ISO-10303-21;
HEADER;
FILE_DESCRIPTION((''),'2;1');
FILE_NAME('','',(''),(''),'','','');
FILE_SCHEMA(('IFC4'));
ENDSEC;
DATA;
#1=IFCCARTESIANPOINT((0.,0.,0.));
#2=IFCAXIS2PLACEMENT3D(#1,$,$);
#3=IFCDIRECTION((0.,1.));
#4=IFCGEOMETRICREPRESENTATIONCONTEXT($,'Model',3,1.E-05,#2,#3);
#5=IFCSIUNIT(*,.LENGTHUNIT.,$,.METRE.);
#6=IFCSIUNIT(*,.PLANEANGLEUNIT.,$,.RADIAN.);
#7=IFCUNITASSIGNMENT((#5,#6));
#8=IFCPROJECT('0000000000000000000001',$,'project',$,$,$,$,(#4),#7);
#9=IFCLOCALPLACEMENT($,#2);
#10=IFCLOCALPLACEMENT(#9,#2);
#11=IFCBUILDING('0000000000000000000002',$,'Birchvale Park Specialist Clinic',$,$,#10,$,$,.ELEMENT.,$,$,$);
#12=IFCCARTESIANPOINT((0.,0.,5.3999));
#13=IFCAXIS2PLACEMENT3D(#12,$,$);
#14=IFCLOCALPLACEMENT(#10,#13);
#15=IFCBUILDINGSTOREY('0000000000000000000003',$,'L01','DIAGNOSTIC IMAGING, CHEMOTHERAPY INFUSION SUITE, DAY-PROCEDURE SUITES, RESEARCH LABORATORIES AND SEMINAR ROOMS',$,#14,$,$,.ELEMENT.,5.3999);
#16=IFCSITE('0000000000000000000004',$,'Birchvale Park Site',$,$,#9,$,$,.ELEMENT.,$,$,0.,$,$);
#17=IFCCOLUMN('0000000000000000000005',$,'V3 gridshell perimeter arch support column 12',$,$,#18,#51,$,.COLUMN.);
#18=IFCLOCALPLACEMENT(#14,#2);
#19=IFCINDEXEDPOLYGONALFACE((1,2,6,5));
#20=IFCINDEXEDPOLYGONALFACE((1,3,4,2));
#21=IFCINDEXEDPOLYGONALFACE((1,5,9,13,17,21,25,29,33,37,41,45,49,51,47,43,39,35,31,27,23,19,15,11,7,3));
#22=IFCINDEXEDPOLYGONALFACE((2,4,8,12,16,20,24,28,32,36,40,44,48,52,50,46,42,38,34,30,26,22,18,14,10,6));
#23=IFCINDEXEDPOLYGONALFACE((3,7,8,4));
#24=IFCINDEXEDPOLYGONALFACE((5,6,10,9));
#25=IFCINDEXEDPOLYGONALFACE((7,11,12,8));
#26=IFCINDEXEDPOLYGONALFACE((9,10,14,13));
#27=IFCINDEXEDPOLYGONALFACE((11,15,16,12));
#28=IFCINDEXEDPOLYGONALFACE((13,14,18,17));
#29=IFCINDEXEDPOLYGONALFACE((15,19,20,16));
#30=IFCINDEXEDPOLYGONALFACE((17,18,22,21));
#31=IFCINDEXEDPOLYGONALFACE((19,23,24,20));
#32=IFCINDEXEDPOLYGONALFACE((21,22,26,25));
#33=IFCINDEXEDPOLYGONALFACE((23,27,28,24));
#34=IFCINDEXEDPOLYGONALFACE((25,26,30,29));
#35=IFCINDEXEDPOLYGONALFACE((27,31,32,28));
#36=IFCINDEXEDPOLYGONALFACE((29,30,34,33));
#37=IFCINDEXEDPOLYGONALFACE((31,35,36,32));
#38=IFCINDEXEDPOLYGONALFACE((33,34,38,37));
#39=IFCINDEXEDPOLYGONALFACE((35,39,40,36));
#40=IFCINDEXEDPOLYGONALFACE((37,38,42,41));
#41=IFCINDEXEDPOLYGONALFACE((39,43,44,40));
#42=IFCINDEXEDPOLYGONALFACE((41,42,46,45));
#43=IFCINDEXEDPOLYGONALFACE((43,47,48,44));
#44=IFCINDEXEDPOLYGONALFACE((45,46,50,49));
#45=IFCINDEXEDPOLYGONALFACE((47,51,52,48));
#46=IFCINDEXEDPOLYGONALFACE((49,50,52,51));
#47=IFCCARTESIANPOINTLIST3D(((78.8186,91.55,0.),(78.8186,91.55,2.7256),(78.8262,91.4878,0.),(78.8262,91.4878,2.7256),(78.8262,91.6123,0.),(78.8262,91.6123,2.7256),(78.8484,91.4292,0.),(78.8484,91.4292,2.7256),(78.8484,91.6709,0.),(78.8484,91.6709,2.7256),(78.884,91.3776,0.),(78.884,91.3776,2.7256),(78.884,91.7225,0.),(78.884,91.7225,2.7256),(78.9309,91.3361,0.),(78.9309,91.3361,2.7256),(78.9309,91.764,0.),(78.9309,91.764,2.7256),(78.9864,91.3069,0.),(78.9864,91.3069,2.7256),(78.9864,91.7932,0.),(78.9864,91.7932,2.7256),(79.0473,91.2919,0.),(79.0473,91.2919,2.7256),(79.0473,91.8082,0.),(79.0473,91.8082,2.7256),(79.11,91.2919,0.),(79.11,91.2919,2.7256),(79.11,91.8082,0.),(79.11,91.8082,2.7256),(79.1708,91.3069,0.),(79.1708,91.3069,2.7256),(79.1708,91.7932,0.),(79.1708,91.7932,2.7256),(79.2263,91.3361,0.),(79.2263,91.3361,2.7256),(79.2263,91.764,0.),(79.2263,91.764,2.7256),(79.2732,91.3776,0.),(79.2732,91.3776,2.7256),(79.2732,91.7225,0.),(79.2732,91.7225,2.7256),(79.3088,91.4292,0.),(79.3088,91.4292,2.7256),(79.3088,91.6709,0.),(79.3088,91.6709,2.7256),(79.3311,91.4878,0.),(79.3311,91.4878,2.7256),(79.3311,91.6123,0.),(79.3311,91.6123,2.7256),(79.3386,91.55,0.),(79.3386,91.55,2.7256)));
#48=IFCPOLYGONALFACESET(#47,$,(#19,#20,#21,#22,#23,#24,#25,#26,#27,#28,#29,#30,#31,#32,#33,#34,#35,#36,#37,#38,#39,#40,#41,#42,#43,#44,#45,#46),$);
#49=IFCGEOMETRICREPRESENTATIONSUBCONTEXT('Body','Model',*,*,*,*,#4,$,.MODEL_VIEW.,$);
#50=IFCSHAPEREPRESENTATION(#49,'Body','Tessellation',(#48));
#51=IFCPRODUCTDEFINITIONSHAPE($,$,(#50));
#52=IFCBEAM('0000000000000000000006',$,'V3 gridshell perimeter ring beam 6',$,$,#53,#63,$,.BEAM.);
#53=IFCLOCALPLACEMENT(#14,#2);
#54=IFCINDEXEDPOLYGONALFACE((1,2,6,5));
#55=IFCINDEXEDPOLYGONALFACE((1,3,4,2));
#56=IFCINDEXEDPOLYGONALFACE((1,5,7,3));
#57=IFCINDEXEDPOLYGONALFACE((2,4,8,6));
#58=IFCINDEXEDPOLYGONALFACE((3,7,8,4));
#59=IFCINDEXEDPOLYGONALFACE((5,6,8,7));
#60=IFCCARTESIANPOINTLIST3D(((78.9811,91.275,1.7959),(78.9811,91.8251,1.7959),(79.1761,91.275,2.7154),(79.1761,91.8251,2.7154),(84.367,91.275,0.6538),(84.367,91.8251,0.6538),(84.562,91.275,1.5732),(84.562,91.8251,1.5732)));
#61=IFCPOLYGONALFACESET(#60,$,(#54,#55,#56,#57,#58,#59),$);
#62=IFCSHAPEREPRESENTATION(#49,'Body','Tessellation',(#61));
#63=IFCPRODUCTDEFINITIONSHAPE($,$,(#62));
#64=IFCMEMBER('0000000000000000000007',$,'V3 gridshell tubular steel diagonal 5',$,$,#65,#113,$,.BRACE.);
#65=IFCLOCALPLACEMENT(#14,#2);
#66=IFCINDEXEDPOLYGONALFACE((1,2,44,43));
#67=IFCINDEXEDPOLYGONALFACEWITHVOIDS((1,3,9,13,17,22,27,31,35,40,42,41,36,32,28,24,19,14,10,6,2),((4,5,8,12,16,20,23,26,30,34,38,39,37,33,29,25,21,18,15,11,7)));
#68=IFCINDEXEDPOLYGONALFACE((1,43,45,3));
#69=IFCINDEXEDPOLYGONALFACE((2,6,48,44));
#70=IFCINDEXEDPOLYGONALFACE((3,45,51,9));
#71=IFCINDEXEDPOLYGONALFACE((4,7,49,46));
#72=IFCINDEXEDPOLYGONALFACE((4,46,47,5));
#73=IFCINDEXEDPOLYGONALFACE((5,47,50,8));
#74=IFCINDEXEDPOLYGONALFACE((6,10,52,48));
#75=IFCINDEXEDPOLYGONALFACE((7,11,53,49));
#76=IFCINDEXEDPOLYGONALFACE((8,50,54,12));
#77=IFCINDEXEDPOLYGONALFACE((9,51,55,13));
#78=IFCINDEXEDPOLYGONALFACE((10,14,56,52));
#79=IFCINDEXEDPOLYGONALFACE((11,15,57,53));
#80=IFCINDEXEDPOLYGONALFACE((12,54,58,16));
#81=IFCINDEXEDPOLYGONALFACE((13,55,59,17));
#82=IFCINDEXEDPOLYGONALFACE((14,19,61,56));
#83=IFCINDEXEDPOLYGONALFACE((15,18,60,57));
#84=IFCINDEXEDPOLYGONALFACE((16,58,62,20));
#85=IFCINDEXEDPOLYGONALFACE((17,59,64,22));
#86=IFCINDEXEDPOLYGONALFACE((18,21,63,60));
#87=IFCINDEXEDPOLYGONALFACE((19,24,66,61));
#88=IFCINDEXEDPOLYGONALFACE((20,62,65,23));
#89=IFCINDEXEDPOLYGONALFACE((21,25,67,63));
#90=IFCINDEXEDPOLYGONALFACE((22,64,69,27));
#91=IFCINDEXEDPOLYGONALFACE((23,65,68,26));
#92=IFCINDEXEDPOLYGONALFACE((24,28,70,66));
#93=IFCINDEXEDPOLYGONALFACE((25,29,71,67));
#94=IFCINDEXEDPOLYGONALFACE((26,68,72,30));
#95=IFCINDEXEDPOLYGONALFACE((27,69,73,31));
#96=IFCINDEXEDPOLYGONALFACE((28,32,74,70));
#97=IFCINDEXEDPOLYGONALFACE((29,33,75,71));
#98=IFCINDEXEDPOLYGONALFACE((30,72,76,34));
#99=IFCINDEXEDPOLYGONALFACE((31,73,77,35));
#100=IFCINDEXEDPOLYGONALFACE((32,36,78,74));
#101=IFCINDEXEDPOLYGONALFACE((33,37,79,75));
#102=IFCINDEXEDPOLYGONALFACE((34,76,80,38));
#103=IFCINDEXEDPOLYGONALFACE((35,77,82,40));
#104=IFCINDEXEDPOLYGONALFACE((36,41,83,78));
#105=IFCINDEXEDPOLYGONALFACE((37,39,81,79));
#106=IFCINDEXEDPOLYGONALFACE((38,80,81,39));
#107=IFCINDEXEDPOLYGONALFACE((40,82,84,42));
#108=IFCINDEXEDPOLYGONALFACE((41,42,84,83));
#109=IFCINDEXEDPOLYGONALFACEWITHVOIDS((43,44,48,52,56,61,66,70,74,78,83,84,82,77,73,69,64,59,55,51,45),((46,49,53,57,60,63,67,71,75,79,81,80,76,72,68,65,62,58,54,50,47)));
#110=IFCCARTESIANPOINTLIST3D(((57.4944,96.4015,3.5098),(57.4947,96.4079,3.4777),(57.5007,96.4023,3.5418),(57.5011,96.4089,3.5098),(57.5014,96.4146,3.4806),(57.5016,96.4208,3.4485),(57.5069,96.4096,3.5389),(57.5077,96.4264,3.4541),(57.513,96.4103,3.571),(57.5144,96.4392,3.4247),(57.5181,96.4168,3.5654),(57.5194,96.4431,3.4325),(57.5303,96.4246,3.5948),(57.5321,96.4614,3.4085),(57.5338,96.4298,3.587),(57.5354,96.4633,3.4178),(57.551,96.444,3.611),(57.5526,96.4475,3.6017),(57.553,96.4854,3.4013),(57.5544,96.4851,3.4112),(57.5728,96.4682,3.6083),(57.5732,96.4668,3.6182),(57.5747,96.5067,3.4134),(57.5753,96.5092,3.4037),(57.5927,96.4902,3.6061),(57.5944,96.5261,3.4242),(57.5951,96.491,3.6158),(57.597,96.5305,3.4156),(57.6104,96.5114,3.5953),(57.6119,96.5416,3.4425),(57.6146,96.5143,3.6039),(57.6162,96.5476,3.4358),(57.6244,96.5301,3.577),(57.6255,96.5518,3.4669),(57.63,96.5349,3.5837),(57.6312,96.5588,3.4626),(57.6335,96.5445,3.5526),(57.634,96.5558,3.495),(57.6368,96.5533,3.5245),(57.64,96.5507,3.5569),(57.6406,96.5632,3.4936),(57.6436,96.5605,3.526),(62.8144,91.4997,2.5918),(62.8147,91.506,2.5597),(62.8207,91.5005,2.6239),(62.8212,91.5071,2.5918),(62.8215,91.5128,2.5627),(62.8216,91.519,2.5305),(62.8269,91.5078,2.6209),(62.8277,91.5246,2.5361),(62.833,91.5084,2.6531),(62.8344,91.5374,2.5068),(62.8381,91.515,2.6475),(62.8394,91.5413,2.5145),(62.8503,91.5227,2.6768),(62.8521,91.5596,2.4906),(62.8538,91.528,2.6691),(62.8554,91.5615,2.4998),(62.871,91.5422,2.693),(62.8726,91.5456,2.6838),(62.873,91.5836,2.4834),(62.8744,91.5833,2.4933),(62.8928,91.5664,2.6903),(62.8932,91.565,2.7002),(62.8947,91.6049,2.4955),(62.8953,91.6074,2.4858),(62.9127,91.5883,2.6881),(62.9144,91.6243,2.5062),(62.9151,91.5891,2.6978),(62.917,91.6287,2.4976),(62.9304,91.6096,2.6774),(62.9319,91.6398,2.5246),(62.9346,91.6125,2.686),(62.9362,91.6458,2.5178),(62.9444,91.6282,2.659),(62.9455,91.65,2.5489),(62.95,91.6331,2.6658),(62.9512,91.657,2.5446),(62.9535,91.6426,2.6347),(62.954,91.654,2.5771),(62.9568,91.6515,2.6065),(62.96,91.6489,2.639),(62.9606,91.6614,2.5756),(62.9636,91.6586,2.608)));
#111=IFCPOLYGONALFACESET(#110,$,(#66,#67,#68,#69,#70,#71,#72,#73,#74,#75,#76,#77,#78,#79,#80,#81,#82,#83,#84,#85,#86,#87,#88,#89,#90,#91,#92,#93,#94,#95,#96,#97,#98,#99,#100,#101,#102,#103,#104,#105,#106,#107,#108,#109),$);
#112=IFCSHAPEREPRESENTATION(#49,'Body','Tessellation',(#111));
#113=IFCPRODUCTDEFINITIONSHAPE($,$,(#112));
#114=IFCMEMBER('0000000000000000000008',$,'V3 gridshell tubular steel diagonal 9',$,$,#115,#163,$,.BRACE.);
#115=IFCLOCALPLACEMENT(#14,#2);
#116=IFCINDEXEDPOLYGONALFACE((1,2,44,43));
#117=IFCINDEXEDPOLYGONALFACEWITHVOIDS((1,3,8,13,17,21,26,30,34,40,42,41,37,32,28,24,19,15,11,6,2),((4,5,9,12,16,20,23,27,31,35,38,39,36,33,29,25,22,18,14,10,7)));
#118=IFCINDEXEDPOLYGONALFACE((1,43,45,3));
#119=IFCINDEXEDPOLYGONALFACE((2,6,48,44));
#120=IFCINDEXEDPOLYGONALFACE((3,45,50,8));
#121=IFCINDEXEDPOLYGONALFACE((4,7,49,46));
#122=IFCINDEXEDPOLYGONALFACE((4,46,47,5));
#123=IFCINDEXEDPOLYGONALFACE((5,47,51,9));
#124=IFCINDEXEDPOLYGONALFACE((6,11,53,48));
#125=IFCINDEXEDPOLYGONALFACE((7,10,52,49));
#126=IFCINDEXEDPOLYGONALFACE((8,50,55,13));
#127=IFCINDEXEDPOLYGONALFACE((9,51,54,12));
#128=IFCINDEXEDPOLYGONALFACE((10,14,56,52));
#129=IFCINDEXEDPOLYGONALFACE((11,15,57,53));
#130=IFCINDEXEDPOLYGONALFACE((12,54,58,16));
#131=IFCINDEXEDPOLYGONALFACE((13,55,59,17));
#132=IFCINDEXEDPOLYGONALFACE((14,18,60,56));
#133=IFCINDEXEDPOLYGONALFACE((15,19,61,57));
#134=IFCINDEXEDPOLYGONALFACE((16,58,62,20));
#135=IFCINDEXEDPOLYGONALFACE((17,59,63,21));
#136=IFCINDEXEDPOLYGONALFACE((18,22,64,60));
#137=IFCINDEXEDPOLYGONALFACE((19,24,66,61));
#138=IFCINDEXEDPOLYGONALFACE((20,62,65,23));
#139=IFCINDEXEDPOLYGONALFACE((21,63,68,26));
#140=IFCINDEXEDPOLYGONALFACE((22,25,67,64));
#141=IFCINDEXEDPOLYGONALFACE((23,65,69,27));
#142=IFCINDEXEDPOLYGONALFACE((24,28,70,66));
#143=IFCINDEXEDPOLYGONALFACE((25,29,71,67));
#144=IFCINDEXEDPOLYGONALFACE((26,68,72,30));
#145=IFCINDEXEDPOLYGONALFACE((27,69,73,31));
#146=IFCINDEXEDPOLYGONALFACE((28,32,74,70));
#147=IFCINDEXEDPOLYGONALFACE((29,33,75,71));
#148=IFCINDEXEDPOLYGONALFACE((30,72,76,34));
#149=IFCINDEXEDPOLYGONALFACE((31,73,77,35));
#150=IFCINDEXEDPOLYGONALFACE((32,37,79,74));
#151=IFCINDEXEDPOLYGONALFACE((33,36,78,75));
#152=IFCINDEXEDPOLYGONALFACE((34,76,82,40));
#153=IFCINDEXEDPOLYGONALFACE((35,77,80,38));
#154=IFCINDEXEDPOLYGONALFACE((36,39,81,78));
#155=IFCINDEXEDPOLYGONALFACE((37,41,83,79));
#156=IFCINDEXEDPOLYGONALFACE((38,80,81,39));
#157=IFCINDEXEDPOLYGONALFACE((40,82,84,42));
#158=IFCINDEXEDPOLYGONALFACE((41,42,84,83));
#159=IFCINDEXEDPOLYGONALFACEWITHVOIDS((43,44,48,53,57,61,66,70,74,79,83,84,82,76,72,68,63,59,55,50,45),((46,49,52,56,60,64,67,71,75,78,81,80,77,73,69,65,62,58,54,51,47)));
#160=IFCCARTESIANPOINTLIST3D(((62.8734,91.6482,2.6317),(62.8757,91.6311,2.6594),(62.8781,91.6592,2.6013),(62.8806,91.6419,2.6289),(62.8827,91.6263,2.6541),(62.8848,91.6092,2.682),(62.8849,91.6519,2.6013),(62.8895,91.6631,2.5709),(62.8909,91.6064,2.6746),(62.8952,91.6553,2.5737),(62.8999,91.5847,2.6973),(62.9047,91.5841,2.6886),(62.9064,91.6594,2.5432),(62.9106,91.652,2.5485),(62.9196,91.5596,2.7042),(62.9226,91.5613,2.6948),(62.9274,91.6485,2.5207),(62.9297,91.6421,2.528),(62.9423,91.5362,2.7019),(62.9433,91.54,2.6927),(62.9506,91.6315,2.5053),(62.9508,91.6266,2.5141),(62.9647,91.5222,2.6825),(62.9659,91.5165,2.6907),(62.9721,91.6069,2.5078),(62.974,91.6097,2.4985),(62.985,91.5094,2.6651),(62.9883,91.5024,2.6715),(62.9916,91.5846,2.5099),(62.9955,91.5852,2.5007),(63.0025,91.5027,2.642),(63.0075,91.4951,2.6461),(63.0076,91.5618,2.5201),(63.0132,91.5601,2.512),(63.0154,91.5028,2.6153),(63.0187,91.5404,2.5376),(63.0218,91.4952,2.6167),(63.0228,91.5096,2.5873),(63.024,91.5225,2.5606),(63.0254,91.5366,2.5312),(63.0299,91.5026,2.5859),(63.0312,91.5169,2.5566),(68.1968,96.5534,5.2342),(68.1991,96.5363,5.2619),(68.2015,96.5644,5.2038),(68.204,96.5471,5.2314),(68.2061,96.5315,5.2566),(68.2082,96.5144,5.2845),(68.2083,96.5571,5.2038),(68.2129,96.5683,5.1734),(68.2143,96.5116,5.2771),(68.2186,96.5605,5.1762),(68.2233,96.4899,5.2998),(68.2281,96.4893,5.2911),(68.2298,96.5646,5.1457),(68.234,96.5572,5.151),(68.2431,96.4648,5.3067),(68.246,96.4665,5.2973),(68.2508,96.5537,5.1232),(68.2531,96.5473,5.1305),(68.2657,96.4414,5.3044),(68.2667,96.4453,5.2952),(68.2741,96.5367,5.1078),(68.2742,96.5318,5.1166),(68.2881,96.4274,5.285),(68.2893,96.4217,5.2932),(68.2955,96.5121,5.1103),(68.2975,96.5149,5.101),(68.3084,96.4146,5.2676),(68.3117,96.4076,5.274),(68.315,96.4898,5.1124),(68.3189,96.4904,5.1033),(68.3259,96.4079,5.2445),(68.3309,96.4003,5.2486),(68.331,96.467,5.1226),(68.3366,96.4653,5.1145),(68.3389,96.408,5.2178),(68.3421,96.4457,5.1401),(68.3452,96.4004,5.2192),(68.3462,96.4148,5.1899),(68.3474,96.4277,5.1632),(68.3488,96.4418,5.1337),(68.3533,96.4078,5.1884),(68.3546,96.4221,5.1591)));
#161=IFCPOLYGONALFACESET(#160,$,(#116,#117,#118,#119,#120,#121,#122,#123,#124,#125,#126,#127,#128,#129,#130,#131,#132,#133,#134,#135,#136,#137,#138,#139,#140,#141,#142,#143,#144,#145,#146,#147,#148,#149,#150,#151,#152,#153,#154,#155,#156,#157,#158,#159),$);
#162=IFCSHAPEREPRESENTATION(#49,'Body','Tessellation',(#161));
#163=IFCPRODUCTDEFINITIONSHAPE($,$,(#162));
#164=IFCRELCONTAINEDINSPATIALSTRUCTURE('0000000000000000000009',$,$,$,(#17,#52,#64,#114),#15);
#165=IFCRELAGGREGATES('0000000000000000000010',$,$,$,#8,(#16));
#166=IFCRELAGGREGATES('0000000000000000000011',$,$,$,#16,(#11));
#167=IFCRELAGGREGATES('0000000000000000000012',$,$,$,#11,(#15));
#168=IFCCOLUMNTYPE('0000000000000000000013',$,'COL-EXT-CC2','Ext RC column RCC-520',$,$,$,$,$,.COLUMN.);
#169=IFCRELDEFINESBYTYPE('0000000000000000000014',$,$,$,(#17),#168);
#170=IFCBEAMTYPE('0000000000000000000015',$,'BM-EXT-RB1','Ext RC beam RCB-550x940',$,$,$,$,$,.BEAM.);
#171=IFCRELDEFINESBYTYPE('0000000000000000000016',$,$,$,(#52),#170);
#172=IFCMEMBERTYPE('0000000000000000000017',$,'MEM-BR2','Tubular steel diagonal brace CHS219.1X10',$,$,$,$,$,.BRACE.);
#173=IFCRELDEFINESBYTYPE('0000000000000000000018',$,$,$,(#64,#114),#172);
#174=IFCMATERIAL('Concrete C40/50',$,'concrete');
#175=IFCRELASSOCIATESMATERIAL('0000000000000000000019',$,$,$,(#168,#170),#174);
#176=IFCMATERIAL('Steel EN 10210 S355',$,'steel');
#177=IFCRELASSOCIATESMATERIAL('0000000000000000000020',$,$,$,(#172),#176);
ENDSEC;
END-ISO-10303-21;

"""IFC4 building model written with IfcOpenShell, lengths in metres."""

from ifc_helpers import new_model, si_unit, direction, frame, origin, origin_2d, place, context, subcontext, project, spatial, rectangle, circle, hollow_circle, extrude, material, material_profile, profile_set, type_object, element, save


model = new_model("IFC4")

# Units and contexts
model_context = context("Model", 3, precision=1e-05, world=origin(), true_north=direction((0.0, 1.0)))
body_context = subcontext(model_context, "Body", "Model", "MODEL_VIEW")
ifc_project = project(units=[si_unit("LENGTHUNIT", "METRE"), si_unit("PLANEANGLEUNIT", "RADIAN")], contexts=[model_context])

# Site, building, storey
site_placement = place(None, origin())
site = spatial("IfcSite", under=ifc_project, at=site_placement, Name="Birchvale Park Site", CompositionType="ELEMENT", RefElevation=0.0)
building_placement = place(site_placement, origin())
building = spatial("IfcBuilding", under=site, at=building_placement, Name="Birchvale Park Specialist Clinic", CompositionType="ELEMENT")
storey_placement = place(building_placement, frame((0.0, 0.0, 5.3999)))
storey = spatial("IfcBuildingStorey", under=building, at=storey_placement, Name="L01", Description="DIAGNOSTIC IMAGING, CHEMOTHERAPY INFUSION SUITE, DAY-PROCEDURE SUITES, RESEARCH LABORATORIES AND SEMINAR ROOMS", CompositionType="ELEMENT", Elevation=5.3999)

# Column
ifc_material_1 = material(Name="Concrete C40/50", Category="concrete")
ifc_material_profile_1 = material_profile(ifc_material_1, circle(Radius=0.26, at=origin_2d()), Name="RCC-520")
ifc_profile_set_1 = profile_set([ifc_material_profile_1], Name="Concrete C40/50")
column_type = type_object("IfcColumnType", Name="COL-EXT-CC2", Description="Ext RC column RCC-520", PredefinedType="COLUMN", material=ifc_profile_set_1)
column_placement = place(storey_placement, frame((79.0786, 91.55, 0.0), z_axis=(0.0, 0.0, 1.0), x_axis=(1.0, 0.0, 0.0)))
element("IfcColumn", 1, at=column_placement, inside=storey, type_object=column_type, Name="V3 gridshell perimeter arch support column 12", PredefinedType="COLUMN", context=body_context, shape_type="SweptSolid", body=[
    extrude(circle(Radius=0.26, at=origin_2d()), origin(), (0.0, 0.0, 1.0), 2.7256),
])

# Beam
ifc_material_profile_2 = material_profile(ifc_material_1, rectangle(XDim=0.55, YDim=0.9399, at=origin_2d()), Name="RCB-550x940")
ifc_profile_set_2 = profile_set([ifc_material_profile_2], Name="Concrete C40/50")
beam_type = type_object("IfcBeamType", Name="BM-EXT-RB1", Description="Ext RC beam RCB-550x940", PredefinedType="BEAM", material=ifc_profile_set_2)
beam_placement = place(storey_placement, frame((79.0786, 91.55, 2.2556), z_axis=(0.978247, 0.0, -0.207445), x_axis=(0.0, 1.0, 0.0)))
element("IfcBeam", 2, at=beam_placement, inside=storey, type_object=beam_type, Name="V3 gridshell perimeter ring beam 6", PredefinedType="BEAM", context=body_context, shape_type="SweptSolid", body=[
    extrude(rectangle(XDim=0.55, YDim=0.9399, at=origin_2d()), origin(), (0.0, 0.0, 1.0), 5.5056),
])

# Members
ifc_material_2 = material(Name="Steel EN 10210 S355", Category="steel")
ifc_material_profile_3 = material_profile(ifc_material_2, hollow_circle(Radius=0.1096, WallThickness=0.01, at=origin_2d()), Name="CHS219.1X10")
ifc_profile_set_3 = profile_set([ifc_material_profile_3], Name="Steel EN 10210 S355")
member_type_1 = type_object("IfcMemberType", Name="MEM-BR2", Description="Tubular steel diagonal brace CHS219.1X10", PredefinedType="BRACE", material=ifc_profile_set_3)
member_1_placement = place(storey_placement, frame((62.8887, 91.5803, 2.5918), z_axis=(-0.729571, 0.672219, 0.125886), x_axis=(-0.67761, -0.735422, 0.0)))
element("IfcMember", 3, at=member_1_placement, inside=storey, type_object=member_type_1, Name="V3 gridshell tubular steel diagonal 5", PredefinedType="BRACE", context=body_context, shape_type="SweptSolid", body=[
    extrude(hollow_circle(Radius=0.1096, WallThickness=0.01, at=origin_2d()), origin(), (0.0, 0.0, 1.0), 7.292),
])
member_2_placement = place(storey_placement, frame((62.9524, 91.5786, 2.6013), z_axis=(0.692037, 0.63767, 0.338322), x_axis=(-0.67763, 0.735403, 0.0)))
element("IfcMember", 4, at=member_2_placement, inside=storey, type_object=member_type_1, Name="V3 gridshell tubular steel diagonal 9", PredefinedType="BRACE", context=body_context, shape_type="SweptSolid", body=[
    extrude(hollow_circle(Radius=0.1096, WallThickness=0.01, at=origin_2d()), origin(), (0.0, 0.0, 1.0), 7.6924),
])

save(model, "model.ifc")
